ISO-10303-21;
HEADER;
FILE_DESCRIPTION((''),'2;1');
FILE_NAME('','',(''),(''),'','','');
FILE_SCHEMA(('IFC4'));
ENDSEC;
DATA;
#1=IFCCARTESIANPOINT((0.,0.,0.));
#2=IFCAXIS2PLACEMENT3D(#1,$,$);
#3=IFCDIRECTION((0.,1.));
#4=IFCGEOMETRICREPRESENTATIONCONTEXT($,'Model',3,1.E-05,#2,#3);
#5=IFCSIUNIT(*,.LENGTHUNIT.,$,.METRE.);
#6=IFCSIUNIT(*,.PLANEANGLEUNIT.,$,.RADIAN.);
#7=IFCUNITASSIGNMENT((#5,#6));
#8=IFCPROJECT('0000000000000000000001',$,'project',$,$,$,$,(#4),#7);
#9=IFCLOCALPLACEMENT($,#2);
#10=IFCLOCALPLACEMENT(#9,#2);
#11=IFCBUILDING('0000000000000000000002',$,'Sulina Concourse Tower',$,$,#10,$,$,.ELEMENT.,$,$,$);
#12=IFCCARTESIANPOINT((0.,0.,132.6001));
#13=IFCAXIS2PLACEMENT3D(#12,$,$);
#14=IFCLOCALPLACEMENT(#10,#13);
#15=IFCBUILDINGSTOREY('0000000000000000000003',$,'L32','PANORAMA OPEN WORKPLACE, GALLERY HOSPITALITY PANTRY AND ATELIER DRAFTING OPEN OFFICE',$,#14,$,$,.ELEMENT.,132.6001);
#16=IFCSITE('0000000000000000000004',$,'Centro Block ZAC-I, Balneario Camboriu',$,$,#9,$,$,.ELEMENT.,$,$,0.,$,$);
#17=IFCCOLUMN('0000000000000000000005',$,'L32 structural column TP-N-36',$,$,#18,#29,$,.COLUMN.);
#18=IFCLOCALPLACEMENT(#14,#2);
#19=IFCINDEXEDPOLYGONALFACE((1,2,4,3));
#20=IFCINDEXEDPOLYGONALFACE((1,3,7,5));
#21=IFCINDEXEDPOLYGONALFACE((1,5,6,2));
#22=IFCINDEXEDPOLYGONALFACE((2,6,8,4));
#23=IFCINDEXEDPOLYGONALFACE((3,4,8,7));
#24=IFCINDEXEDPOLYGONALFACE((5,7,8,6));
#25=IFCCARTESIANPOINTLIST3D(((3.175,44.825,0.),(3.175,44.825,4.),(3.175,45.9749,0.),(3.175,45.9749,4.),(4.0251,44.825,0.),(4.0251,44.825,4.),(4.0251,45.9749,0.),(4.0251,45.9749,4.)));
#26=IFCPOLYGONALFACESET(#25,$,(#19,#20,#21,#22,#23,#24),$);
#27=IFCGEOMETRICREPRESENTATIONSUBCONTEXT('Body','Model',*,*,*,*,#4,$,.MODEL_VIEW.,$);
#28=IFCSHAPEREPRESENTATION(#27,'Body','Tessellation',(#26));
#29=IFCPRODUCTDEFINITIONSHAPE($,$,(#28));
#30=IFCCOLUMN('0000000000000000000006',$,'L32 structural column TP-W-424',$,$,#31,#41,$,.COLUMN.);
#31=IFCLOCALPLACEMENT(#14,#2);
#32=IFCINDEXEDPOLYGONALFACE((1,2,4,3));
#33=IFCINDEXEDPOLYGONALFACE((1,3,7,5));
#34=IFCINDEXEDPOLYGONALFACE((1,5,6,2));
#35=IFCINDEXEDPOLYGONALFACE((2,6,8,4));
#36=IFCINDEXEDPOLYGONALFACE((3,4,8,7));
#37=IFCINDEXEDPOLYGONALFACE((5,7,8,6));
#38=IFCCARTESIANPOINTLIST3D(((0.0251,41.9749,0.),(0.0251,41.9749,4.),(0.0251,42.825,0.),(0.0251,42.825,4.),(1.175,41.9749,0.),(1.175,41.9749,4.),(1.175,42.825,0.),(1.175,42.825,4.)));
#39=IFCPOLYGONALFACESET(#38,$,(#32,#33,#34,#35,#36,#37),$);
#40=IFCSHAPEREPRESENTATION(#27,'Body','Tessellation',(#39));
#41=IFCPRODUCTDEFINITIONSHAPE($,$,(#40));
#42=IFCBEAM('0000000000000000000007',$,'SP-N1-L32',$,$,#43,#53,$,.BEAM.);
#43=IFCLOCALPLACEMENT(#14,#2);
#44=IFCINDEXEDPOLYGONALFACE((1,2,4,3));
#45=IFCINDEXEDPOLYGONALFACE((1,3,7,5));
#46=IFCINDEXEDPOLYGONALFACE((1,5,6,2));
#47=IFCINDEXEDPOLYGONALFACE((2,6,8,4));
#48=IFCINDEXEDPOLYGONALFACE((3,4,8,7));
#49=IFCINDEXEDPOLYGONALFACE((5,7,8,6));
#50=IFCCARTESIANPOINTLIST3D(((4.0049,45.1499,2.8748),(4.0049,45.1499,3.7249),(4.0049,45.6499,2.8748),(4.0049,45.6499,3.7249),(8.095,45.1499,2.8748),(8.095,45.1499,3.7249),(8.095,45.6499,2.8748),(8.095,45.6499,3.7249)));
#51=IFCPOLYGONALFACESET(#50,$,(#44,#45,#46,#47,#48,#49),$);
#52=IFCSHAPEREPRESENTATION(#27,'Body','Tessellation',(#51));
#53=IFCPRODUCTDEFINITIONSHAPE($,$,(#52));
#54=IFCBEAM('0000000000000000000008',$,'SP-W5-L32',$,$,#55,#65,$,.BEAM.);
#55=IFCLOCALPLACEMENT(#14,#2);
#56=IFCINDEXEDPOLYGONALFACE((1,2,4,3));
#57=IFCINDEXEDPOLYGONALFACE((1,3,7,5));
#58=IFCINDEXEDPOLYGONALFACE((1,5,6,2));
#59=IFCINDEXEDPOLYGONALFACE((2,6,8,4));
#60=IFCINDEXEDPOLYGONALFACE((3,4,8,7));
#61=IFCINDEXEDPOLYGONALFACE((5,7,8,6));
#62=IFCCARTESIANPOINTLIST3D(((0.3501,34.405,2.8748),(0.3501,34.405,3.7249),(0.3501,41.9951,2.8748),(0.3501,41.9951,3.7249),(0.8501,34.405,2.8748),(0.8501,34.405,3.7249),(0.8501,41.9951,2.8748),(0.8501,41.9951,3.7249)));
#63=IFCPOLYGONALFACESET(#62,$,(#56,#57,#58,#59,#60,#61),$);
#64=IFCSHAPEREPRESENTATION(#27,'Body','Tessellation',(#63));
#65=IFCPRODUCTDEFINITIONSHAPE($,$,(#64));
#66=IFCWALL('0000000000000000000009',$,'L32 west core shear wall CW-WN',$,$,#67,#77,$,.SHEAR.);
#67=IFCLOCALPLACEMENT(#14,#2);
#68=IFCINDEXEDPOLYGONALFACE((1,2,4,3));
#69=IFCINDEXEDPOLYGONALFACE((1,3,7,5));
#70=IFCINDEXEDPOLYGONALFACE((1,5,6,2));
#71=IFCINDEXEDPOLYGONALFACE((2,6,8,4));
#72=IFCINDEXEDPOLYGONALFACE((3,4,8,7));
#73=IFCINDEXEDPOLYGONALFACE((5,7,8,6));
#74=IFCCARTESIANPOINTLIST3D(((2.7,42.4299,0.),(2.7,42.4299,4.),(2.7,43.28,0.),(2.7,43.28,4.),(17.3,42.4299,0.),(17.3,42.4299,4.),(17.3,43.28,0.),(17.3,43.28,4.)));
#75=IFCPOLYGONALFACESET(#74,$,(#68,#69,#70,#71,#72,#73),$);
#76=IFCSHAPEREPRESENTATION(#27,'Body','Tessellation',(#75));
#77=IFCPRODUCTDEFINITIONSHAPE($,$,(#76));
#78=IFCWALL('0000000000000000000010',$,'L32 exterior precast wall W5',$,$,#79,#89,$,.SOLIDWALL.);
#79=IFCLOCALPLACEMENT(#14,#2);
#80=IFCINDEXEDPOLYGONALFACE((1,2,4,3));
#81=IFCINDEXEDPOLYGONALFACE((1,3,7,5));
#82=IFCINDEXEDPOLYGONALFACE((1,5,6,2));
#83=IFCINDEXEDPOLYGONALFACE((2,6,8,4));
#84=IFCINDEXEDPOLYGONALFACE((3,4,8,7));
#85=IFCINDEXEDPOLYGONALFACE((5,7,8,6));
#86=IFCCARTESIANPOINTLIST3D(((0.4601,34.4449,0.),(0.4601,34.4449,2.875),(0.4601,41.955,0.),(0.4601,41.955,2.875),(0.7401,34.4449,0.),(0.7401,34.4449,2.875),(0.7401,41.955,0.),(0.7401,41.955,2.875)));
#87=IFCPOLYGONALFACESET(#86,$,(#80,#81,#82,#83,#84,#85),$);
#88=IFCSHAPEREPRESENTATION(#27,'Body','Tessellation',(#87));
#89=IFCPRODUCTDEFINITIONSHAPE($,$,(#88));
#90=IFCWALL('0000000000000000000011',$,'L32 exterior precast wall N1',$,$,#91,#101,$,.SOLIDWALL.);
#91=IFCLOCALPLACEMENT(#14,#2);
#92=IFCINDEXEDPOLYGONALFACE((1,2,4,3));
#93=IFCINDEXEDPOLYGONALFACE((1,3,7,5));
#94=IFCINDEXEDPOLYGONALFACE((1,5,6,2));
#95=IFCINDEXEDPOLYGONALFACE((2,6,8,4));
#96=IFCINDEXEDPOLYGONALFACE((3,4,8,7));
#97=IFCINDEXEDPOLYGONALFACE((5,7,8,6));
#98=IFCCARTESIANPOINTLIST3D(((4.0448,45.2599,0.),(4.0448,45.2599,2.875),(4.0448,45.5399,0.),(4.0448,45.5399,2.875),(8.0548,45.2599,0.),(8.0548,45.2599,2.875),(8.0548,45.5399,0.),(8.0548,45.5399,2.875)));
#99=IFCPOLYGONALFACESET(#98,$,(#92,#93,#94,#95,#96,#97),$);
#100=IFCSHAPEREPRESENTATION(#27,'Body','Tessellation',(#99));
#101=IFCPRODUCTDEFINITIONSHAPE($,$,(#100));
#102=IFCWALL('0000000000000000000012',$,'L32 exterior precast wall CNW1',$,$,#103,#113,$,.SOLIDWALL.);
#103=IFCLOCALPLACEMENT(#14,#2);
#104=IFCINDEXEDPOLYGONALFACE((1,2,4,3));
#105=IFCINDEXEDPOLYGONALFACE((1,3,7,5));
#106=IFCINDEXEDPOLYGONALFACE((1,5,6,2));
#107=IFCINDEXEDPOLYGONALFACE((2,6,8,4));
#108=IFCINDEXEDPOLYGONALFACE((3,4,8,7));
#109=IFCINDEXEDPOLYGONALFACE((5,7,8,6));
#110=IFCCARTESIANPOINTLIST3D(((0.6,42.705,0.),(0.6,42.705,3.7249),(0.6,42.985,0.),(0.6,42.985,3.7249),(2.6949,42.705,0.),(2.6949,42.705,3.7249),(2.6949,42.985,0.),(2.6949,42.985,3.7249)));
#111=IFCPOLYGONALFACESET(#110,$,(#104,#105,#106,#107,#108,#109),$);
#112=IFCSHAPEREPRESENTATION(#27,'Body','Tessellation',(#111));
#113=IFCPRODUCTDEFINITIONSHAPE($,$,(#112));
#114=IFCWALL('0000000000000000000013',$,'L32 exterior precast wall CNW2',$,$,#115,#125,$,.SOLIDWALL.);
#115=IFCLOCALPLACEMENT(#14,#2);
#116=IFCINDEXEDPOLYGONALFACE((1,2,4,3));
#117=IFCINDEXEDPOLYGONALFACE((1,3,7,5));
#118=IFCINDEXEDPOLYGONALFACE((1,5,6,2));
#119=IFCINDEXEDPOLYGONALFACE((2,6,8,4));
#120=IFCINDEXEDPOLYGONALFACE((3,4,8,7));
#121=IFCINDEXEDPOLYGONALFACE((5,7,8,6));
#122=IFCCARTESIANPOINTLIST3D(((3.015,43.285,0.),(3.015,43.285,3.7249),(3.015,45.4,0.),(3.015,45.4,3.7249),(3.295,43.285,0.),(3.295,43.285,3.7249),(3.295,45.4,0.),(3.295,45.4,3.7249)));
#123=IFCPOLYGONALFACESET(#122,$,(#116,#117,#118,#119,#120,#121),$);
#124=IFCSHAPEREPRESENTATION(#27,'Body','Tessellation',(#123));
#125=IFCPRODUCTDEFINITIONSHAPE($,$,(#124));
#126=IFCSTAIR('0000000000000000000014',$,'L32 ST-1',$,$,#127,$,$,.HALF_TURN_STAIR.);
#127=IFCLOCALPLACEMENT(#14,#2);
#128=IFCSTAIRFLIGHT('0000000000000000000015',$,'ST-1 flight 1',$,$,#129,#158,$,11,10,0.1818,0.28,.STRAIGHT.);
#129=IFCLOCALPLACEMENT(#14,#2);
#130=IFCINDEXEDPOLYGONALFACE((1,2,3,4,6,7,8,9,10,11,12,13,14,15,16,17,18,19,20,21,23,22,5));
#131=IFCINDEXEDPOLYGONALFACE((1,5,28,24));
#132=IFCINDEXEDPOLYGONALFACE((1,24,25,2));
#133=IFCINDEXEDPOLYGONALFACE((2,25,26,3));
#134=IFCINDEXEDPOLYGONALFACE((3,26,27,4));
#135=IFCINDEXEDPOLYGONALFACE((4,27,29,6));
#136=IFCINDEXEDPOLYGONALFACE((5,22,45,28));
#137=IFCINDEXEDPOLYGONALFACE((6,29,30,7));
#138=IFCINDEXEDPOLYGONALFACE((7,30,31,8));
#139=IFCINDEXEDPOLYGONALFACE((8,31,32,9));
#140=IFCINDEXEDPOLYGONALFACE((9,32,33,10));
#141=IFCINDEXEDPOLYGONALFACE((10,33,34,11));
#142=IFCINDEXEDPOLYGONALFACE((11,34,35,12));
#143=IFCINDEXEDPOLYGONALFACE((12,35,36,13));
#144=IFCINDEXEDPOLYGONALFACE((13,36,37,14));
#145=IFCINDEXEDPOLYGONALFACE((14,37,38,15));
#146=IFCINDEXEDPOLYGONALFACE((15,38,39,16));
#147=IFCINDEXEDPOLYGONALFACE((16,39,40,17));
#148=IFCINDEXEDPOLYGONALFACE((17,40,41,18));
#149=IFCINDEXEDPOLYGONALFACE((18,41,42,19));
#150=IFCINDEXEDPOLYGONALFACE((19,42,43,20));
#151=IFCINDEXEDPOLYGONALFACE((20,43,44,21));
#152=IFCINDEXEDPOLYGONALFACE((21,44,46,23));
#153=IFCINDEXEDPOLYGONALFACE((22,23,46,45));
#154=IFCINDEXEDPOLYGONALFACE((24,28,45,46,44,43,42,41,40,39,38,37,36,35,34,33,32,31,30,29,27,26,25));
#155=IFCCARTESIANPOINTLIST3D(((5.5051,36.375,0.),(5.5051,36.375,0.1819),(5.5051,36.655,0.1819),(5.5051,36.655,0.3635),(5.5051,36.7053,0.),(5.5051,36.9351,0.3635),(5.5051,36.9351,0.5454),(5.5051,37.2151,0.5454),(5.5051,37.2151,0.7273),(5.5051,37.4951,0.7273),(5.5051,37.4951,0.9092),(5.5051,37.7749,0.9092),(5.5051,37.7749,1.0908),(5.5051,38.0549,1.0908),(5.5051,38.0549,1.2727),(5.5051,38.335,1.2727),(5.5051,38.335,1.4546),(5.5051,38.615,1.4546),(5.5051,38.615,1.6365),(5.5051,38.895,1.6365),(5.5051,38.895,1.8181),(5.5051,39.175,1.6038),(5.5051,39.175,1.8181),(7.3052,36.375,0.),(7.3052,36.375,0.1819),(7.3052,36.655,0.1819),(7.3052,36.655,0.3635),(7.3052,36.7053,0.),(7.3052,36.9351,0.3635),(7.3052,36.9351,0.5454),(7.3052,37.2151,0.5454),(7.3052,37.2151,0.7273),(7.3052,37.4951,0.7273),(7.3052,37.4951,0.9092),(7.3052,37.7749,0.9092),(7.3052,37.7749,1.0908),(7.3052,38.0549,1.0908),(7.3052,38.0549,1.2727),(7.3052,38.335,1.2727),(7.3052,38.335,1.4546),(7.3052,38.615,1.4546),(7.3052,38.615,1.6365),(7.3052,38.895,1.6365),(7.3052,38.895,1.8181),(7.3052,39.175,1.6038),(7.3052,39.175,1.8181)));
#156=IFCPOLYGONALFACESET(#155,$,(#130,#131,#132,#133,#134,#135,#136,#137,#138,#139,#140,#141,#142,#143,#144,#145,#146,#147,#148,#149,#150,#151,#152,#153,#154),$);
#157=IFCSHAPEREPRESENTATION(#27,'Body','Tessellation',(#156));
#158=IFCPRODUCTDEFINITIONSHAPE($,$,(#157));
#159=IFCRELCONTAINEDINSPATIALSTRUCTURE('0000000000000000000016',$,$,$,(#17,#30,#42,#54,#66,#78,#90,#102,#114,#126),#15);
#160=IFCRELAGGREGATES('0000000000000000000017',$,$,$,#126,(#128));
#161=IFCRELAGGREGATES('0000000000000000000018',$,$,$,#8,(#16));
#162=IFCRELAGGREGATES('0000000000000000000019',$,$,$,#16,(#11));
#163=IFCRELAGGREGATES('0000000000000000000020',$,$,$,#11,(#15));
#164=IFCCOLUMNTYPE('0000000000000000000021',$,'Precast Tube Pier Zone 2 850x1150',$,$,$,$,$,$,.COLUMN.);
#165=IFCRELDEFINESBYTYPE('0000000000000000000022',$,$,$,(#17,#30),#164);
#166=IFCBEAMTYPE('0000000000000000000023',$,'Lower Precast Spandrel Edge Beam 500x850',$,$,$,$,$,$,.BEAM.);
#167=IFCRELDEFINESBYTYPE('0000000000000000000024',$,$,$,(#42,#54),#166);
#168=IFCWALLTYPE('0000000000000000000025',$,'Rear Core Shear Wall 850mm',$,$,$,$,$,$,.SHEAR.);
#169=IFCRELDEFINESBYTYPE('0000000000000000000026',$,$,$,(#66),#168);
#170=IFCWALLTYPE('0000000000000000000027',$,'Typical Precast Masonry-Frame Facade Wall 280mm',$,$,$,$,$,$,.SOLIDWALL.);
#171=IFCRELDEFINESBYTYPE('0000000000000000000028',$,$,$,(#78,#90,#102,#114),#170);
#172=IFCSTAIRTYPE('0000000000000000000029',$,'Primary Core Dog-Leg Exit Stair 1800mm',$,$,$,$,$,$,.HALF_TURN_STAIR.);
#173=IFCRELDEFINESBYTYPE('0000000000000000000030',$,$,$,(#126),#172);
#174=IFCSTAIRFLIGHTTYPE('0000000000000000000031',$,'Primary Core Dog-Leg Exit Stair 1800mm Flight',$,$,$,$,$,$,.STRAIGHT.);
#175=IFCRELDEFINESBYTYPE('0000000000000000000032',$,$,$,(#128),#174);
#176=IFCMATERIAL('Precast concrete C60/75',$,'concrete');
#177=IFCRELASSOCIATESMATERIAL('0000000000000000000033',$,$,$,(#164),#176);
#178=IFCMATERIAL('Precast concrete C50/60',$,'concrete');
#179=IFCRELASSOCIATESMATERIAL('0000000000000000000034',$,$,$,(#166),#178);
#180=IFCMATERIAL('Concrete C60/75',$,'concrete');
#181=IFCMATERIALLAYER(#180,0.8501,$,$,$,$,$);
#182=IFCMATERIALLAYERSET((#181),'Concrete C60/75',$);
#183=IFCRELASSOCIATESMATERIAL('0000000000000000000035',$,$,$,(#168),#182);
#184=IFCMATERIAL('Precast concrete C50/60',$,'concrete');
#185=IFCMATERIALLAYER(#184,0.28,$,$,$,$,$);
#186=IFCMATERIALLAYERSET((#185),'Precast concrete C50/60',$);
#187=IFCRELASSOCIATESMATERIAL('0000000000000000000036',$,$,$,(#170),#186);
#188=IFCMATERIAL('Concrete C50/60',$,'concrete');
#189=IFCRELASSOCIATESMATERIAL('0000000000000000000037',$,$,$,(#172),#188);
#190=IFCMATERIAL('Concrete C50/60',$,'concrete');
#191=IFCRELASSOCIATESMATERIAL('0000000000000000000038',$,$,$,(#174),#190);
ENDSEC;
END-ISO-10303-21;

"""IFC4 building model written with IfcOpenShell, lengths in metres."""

from ifc_helpers import new_model, si_unit, direction, frame, frame_2d, origin, origin_2d, place, context, subcontext, project, spatial, polyline, rectangle, outline, extrude, material, layer, layer_set, material_profile, profile_set, type_object, element, aggregate, save


model = new_model("IFC4")

# Units and contexts
model_context = context("Model", 3, precision=1e-05, world=origin(), true_north=direction((0.0, 1.0)))
body_context = subcontext(model_context, "Body", "Model", "MODEL_VIEW")
ifc_project = project(units=[si_unit("LENGTHUNIT", "METRE"), si_unit("PLANEANGLEUNIT", "RADIAN")], contexts=[model_context])

# Site, building, storey
site_placement = place(None, origin())
site = spatial("IfcSite", under=ifc_project, at=site_placement, Name="Centro Block ZAC-I, Balneario Camboriu", CompositionType="ELEMENT", RefElevation=0.0)
building_placement = place(site_placement, origin())
building = spatial("IfcBuilding", under=site, at=building_placement, Name="Sulina Concourse Tower", CompositionType="ELEMENT")
storey_placement = place(building_placement, frame((0.0, 0.0, 132.6001)))
storey = spatial("IfcBuildingStorey", under=building, at=storey_placement, Name="L32", Description="PANORAMA OPEN WORKPLACE, GALLERY HOSPITALITY PANTRY AND ATELIER DRAFTING OPEN OFFICE", CompositionType="ELEMENT", Elevation=132.6001)

# Columns
ifc_material_1 = material(Name="Precast concrete C60/75", Category="concrete")
ifc_material_profile_1 = material_profile(ifc_material_1, rectangle(XDim=0.8501, YDim=1.1499, at=origin_2d()), Name="PC 850x1150")
ifc_profile_set_1 = profile_set([ifc_material_profile_1], Name="Precast concrete C60/75")
column_type = type_object("IfcColumnType", Name="Precast Tube Pier Zone 2 850x1150", PredefinedType="COLUMN", material=ifc_profile_set_1)
for number, where, z_axis, x_axis, name in (
    (1, (3.6001, 45.3999, 0.0), (0.0, 0.0, 1.0), (1.0, 0.0, 0.0), "L32 structural column TP-N-36"),
    (2, (0.6001, 42.3999, 0.0), (0.0, 0.0, 1.0), (0.0, 1.0, 0.0), "L32 structural column TP-W-424"),
):
    element("IfcColumn", number, at=place(storey_placement, frame(where, z_axis=z_axis, x_axis=x_axis)), inside=storey, type_object=column_type, Name=name, PredefinedType="COLUMN", context=body_context, shape_type="SweptSolid", body=[
        extrude(rectangle(XDim=0.8501, YDim=1.1499, at=origin_2d()), origin(), (0.0, 0.0, 1.0), 4.0),
    ])

# Beams
ifc_material_2 = material(Name="Precast concrete C50/60", Category="concrete")
ifc_material_profile_2 = material_profile(ifc_material_2, rectangle(XDim=0.5, YDim=0.8501, at=origin_2d()), Name="RC 500x850")
ifc_profile_set_2 = profile_set([ifc_material_profile_2], Name="Precast concrete C50/60")
beam_type = type_object("IfcBeamType", Name="Lower Precast Spandrel Edge Beam 500x850", PredefinedType="BEAM", material=ifc_profile_set_2)
beam_1_placement = place(storey_placement, frame((4.0049, 45.3999, 3.2998), z_axis=(1.0, 0.0, 0.0), x_axis=(0.0, 1.0, 0.0)))
element("IfcBeam", 3, at=beam_1_placement, inside=storey, type_object=beam_type, Name="SP-N1-L32", PredefinedType="BEAM", context=body_context, shape_type="SweptSolid", body=[
    extrude(rectangle(XDim=0.5, YDim=0.8501, at=origin_2d()), origin(), (0.0, 0.0, 1.0), 4.0901),
])
beam_2_placement = place(storey_placement, frame((0.6001, 34.405, 3.2998), z_axis=(0.0, 1.0, 0.0), x_axis=(-1.0, 0.0, 0.0)))
element("IfcBeam", 4, at=beam_2_placement, inside=storey, type_object=beam_type, Name="SP-W5-L32", PredefinedType="BEAM", context=body_context, shape_type="SweptSolid", body=[
    extrude(rectangle(XDim=0.5, YDim=0.8501, at=origin_2d()), origin(), (0.0, 0.0, 1.0), 7.5901),
])

# Walls
ifc_material_3 = material(Name="Concrete C60/75", Category="concrete")
ifc_layer_1 = layer(ifc_material_3, 0.8501)
ifc_layer_set_1 = layer_set([ifc_layer_1], Name="Concrete C60/75")
wall_type_1 = type_object("IfcWallType", Name="Rear Core Shear Wall 850mm", PredefinedType="SHEAR", material=ifc_layer_set_1)
wall_1_placement = place(storey_placement, frame((2.7, 42.855, 0.0), z_axis=(0.0, 0.0, 1.0), x_axis=(1.0, 0.0, 0.0)))
element("IfcWall", 5, at=wall_1_placement, inside=storey, type_object=wall_type_1, Name="L32 west core shear wall CW-WN", PredefinedType="SHEAR", context=body_context, shape_type="SweptSolid", body=[
    extrude(rectangle(XDim=14.6001, YDim=0.8501, at=frame_2d((7.3, 0.0))), origin(), (0.0, 0.0, 1.0), 4.0),
])
ifc_material_4 = material(Name="Precast concrete C50/60", Category="concrete")
ifc_layer_2 = layer(ifc_material_4, 0.28)
ifc_layer_set_2 = layer_set([ifc_layer_2], Name="Precast concrete C50/60")
wall_type_2 = type_object("IfcWallType", Name="Typical Precast Masonry-Frame Facade Wall 280mm", PredefinedType="SOLIDWALL", material=ifc_layer_set_2)
wall_2_placement = place(storey_placement, frame((0.6001, 34.4451, 0.0), z_axis=(0.0, 0.0, 1.0), x_axis=(0.0, 1.0, 0.0)))
element("IfcWall", 6, at=wall_2_placement, inside=storey, type_object=wall_type_2, Name="L32 exterior precast wall W5", PredefinedType="SOLIDWALL", context=body_context, shape_type="SweptSolid", body=[
    extrude(rectangle(XDim=7.51, YDim=0.28, at=frame_2d((3.7549, 0.0))), origin(), (0.0, 0.0, 1.0), 2.875),
])
wall_3_placement = place(storey_placement, frame((4.0449, 45.3999, 0.0), z_axis=(0.0, 0.0, 1.0), x_axis=(1.0, 0.0, 0.0)))
element("IfcWall", 7, at=wall_3_placement, inside=storey, type_object=wall_type_2, Name="L32 exterior precast wall N1", PredefinedType="SOLIDWALL", context=body_context, shape_type="SweptSolid", body=[
    extrude(rectangle(XDim=4.01, YDim=0.28, at=frame_2d((2.0049, 0.0))), origin(), (0.0, 0.0, 1.0), 2.875),
])
wall_4_placement = place(storey_placement, frame((0.6001, 42.845, 0.0), z_axis=(0.0, 0.0, 1.0), x_axis=(1.0, 0.0, 0.0)))
element("IfcWall", 8, at=wall_4_placement, inside=storey, type_object=wall_type_2, Name="L32 exterior precast wall CNW1", PredefinedType="SOLIDWALL", context=body_context, shape_type="SweptSolid", body=[
    extrude(rectangle(XDim=2.095, YDim=0.28, at=frame_2d((1.0474, 0.0))), origin(), (0.0, 0.0, 1.0), 3.7249),
])
wall_5_placement = place(storey_placement, frame((3.155, 43.2849, 0.0), z_axis=(0.0, 0.0, 1.0), x_axis=(0.0, 1.0, 0.0)))
element("IfcWall", 9, at=wall_5_placement, inside=storey, type_object=wall_type_2, Name="L32 exterior precast wall CNW2", PredefinedType="SOLIDWALL", context=body_context, shape_type="SweptSolid", body=[
    extrude(rectangle(XDim=2.115, YDim=0.28, at=frame_2d((1.0576, 0.0))), origin(), (0.0, 0.0, 1.0), 3.7249),
])

# Stair, stair flight
ifc_material_5 = material(Name="Concrete C50/60", Category="concrete")
stair_type = type_object("IfcStairType", Name="Primary Core Dog-Leg Exit Stair 1800mm", PredefinedType="HALF_TURN_STAIR", material=ifc_material_5)
stair_placement = place(storey_placement, origin())
stair = element("IfcStair", 10, at=stair_placement, inside=storey, type_object=stair_type, Name="L32 ST-1", PredefinedType="HALF_TURN_STAIR")
ifc_material_6 = material(Name="Concrete C50/60", Category="concrete")
stair_flight_type = type_object("IfcStairFlightType", Name="Primary Core Dog-Leg Exit Stair 1800mm Flight", PredefinedType="STRAIGHT", material=ifc_material_6)
stair_flight_1_placement = place(storey_placement, frame((6.405, 36.375, 0.0), z_axis=(0.0, 0.0, 1.0), x_axis=(0.0, 1.0, 0.0)))
stair_flight_1 = element("IfcStairFlight", 11, at=stair_flight_1_placement, type_object=stair_flight_type, Name="ST-1 flight 1", NumberOfRisers=11, NumberOfTreads=10, PredefinedType="STRAIGHT", RiserHeight=0.1818, TreadLength=0.28, context=body_context, shape_type="SweptSolid", body=[
    extrude(outline(polyline([(0.0, 0.0), (0.0, 0.1819), (0.28, 0.1819), (0.28, 0.3635), (0.5601, 0.3635), (0.5601, 0.5454), (0.8401, 0.5454), (0.8401, 0.7273), (1.1201, 0.7273), (1.1201, 0.9092), (1.3999, 0.9092), (1.3999, 1.0908), (1.6799, 1.0908), (1.6799, 1.2727), (1.96, 1.2727), (1.96, 1.4546), (2.24, 1.4546), (2.24, 1.6365), (2.52, 1.6365), (2.52, 1.8181), (2.8, 1.8181), (2.8, 2.0), (2.8, 1.6038), (0.3303, 0.0), (0.0, 0.0)])), frame((0.0, 0.8999, 0.0), z_axis=(0.0, -1.0, 0.0), x_axis=(1.0, 0.0, 0.0)), (0.0, 0.0, 1.0), 1.8),
])
aggregate(stair, [stair_flight_1])

save(model, "model.ifc")
